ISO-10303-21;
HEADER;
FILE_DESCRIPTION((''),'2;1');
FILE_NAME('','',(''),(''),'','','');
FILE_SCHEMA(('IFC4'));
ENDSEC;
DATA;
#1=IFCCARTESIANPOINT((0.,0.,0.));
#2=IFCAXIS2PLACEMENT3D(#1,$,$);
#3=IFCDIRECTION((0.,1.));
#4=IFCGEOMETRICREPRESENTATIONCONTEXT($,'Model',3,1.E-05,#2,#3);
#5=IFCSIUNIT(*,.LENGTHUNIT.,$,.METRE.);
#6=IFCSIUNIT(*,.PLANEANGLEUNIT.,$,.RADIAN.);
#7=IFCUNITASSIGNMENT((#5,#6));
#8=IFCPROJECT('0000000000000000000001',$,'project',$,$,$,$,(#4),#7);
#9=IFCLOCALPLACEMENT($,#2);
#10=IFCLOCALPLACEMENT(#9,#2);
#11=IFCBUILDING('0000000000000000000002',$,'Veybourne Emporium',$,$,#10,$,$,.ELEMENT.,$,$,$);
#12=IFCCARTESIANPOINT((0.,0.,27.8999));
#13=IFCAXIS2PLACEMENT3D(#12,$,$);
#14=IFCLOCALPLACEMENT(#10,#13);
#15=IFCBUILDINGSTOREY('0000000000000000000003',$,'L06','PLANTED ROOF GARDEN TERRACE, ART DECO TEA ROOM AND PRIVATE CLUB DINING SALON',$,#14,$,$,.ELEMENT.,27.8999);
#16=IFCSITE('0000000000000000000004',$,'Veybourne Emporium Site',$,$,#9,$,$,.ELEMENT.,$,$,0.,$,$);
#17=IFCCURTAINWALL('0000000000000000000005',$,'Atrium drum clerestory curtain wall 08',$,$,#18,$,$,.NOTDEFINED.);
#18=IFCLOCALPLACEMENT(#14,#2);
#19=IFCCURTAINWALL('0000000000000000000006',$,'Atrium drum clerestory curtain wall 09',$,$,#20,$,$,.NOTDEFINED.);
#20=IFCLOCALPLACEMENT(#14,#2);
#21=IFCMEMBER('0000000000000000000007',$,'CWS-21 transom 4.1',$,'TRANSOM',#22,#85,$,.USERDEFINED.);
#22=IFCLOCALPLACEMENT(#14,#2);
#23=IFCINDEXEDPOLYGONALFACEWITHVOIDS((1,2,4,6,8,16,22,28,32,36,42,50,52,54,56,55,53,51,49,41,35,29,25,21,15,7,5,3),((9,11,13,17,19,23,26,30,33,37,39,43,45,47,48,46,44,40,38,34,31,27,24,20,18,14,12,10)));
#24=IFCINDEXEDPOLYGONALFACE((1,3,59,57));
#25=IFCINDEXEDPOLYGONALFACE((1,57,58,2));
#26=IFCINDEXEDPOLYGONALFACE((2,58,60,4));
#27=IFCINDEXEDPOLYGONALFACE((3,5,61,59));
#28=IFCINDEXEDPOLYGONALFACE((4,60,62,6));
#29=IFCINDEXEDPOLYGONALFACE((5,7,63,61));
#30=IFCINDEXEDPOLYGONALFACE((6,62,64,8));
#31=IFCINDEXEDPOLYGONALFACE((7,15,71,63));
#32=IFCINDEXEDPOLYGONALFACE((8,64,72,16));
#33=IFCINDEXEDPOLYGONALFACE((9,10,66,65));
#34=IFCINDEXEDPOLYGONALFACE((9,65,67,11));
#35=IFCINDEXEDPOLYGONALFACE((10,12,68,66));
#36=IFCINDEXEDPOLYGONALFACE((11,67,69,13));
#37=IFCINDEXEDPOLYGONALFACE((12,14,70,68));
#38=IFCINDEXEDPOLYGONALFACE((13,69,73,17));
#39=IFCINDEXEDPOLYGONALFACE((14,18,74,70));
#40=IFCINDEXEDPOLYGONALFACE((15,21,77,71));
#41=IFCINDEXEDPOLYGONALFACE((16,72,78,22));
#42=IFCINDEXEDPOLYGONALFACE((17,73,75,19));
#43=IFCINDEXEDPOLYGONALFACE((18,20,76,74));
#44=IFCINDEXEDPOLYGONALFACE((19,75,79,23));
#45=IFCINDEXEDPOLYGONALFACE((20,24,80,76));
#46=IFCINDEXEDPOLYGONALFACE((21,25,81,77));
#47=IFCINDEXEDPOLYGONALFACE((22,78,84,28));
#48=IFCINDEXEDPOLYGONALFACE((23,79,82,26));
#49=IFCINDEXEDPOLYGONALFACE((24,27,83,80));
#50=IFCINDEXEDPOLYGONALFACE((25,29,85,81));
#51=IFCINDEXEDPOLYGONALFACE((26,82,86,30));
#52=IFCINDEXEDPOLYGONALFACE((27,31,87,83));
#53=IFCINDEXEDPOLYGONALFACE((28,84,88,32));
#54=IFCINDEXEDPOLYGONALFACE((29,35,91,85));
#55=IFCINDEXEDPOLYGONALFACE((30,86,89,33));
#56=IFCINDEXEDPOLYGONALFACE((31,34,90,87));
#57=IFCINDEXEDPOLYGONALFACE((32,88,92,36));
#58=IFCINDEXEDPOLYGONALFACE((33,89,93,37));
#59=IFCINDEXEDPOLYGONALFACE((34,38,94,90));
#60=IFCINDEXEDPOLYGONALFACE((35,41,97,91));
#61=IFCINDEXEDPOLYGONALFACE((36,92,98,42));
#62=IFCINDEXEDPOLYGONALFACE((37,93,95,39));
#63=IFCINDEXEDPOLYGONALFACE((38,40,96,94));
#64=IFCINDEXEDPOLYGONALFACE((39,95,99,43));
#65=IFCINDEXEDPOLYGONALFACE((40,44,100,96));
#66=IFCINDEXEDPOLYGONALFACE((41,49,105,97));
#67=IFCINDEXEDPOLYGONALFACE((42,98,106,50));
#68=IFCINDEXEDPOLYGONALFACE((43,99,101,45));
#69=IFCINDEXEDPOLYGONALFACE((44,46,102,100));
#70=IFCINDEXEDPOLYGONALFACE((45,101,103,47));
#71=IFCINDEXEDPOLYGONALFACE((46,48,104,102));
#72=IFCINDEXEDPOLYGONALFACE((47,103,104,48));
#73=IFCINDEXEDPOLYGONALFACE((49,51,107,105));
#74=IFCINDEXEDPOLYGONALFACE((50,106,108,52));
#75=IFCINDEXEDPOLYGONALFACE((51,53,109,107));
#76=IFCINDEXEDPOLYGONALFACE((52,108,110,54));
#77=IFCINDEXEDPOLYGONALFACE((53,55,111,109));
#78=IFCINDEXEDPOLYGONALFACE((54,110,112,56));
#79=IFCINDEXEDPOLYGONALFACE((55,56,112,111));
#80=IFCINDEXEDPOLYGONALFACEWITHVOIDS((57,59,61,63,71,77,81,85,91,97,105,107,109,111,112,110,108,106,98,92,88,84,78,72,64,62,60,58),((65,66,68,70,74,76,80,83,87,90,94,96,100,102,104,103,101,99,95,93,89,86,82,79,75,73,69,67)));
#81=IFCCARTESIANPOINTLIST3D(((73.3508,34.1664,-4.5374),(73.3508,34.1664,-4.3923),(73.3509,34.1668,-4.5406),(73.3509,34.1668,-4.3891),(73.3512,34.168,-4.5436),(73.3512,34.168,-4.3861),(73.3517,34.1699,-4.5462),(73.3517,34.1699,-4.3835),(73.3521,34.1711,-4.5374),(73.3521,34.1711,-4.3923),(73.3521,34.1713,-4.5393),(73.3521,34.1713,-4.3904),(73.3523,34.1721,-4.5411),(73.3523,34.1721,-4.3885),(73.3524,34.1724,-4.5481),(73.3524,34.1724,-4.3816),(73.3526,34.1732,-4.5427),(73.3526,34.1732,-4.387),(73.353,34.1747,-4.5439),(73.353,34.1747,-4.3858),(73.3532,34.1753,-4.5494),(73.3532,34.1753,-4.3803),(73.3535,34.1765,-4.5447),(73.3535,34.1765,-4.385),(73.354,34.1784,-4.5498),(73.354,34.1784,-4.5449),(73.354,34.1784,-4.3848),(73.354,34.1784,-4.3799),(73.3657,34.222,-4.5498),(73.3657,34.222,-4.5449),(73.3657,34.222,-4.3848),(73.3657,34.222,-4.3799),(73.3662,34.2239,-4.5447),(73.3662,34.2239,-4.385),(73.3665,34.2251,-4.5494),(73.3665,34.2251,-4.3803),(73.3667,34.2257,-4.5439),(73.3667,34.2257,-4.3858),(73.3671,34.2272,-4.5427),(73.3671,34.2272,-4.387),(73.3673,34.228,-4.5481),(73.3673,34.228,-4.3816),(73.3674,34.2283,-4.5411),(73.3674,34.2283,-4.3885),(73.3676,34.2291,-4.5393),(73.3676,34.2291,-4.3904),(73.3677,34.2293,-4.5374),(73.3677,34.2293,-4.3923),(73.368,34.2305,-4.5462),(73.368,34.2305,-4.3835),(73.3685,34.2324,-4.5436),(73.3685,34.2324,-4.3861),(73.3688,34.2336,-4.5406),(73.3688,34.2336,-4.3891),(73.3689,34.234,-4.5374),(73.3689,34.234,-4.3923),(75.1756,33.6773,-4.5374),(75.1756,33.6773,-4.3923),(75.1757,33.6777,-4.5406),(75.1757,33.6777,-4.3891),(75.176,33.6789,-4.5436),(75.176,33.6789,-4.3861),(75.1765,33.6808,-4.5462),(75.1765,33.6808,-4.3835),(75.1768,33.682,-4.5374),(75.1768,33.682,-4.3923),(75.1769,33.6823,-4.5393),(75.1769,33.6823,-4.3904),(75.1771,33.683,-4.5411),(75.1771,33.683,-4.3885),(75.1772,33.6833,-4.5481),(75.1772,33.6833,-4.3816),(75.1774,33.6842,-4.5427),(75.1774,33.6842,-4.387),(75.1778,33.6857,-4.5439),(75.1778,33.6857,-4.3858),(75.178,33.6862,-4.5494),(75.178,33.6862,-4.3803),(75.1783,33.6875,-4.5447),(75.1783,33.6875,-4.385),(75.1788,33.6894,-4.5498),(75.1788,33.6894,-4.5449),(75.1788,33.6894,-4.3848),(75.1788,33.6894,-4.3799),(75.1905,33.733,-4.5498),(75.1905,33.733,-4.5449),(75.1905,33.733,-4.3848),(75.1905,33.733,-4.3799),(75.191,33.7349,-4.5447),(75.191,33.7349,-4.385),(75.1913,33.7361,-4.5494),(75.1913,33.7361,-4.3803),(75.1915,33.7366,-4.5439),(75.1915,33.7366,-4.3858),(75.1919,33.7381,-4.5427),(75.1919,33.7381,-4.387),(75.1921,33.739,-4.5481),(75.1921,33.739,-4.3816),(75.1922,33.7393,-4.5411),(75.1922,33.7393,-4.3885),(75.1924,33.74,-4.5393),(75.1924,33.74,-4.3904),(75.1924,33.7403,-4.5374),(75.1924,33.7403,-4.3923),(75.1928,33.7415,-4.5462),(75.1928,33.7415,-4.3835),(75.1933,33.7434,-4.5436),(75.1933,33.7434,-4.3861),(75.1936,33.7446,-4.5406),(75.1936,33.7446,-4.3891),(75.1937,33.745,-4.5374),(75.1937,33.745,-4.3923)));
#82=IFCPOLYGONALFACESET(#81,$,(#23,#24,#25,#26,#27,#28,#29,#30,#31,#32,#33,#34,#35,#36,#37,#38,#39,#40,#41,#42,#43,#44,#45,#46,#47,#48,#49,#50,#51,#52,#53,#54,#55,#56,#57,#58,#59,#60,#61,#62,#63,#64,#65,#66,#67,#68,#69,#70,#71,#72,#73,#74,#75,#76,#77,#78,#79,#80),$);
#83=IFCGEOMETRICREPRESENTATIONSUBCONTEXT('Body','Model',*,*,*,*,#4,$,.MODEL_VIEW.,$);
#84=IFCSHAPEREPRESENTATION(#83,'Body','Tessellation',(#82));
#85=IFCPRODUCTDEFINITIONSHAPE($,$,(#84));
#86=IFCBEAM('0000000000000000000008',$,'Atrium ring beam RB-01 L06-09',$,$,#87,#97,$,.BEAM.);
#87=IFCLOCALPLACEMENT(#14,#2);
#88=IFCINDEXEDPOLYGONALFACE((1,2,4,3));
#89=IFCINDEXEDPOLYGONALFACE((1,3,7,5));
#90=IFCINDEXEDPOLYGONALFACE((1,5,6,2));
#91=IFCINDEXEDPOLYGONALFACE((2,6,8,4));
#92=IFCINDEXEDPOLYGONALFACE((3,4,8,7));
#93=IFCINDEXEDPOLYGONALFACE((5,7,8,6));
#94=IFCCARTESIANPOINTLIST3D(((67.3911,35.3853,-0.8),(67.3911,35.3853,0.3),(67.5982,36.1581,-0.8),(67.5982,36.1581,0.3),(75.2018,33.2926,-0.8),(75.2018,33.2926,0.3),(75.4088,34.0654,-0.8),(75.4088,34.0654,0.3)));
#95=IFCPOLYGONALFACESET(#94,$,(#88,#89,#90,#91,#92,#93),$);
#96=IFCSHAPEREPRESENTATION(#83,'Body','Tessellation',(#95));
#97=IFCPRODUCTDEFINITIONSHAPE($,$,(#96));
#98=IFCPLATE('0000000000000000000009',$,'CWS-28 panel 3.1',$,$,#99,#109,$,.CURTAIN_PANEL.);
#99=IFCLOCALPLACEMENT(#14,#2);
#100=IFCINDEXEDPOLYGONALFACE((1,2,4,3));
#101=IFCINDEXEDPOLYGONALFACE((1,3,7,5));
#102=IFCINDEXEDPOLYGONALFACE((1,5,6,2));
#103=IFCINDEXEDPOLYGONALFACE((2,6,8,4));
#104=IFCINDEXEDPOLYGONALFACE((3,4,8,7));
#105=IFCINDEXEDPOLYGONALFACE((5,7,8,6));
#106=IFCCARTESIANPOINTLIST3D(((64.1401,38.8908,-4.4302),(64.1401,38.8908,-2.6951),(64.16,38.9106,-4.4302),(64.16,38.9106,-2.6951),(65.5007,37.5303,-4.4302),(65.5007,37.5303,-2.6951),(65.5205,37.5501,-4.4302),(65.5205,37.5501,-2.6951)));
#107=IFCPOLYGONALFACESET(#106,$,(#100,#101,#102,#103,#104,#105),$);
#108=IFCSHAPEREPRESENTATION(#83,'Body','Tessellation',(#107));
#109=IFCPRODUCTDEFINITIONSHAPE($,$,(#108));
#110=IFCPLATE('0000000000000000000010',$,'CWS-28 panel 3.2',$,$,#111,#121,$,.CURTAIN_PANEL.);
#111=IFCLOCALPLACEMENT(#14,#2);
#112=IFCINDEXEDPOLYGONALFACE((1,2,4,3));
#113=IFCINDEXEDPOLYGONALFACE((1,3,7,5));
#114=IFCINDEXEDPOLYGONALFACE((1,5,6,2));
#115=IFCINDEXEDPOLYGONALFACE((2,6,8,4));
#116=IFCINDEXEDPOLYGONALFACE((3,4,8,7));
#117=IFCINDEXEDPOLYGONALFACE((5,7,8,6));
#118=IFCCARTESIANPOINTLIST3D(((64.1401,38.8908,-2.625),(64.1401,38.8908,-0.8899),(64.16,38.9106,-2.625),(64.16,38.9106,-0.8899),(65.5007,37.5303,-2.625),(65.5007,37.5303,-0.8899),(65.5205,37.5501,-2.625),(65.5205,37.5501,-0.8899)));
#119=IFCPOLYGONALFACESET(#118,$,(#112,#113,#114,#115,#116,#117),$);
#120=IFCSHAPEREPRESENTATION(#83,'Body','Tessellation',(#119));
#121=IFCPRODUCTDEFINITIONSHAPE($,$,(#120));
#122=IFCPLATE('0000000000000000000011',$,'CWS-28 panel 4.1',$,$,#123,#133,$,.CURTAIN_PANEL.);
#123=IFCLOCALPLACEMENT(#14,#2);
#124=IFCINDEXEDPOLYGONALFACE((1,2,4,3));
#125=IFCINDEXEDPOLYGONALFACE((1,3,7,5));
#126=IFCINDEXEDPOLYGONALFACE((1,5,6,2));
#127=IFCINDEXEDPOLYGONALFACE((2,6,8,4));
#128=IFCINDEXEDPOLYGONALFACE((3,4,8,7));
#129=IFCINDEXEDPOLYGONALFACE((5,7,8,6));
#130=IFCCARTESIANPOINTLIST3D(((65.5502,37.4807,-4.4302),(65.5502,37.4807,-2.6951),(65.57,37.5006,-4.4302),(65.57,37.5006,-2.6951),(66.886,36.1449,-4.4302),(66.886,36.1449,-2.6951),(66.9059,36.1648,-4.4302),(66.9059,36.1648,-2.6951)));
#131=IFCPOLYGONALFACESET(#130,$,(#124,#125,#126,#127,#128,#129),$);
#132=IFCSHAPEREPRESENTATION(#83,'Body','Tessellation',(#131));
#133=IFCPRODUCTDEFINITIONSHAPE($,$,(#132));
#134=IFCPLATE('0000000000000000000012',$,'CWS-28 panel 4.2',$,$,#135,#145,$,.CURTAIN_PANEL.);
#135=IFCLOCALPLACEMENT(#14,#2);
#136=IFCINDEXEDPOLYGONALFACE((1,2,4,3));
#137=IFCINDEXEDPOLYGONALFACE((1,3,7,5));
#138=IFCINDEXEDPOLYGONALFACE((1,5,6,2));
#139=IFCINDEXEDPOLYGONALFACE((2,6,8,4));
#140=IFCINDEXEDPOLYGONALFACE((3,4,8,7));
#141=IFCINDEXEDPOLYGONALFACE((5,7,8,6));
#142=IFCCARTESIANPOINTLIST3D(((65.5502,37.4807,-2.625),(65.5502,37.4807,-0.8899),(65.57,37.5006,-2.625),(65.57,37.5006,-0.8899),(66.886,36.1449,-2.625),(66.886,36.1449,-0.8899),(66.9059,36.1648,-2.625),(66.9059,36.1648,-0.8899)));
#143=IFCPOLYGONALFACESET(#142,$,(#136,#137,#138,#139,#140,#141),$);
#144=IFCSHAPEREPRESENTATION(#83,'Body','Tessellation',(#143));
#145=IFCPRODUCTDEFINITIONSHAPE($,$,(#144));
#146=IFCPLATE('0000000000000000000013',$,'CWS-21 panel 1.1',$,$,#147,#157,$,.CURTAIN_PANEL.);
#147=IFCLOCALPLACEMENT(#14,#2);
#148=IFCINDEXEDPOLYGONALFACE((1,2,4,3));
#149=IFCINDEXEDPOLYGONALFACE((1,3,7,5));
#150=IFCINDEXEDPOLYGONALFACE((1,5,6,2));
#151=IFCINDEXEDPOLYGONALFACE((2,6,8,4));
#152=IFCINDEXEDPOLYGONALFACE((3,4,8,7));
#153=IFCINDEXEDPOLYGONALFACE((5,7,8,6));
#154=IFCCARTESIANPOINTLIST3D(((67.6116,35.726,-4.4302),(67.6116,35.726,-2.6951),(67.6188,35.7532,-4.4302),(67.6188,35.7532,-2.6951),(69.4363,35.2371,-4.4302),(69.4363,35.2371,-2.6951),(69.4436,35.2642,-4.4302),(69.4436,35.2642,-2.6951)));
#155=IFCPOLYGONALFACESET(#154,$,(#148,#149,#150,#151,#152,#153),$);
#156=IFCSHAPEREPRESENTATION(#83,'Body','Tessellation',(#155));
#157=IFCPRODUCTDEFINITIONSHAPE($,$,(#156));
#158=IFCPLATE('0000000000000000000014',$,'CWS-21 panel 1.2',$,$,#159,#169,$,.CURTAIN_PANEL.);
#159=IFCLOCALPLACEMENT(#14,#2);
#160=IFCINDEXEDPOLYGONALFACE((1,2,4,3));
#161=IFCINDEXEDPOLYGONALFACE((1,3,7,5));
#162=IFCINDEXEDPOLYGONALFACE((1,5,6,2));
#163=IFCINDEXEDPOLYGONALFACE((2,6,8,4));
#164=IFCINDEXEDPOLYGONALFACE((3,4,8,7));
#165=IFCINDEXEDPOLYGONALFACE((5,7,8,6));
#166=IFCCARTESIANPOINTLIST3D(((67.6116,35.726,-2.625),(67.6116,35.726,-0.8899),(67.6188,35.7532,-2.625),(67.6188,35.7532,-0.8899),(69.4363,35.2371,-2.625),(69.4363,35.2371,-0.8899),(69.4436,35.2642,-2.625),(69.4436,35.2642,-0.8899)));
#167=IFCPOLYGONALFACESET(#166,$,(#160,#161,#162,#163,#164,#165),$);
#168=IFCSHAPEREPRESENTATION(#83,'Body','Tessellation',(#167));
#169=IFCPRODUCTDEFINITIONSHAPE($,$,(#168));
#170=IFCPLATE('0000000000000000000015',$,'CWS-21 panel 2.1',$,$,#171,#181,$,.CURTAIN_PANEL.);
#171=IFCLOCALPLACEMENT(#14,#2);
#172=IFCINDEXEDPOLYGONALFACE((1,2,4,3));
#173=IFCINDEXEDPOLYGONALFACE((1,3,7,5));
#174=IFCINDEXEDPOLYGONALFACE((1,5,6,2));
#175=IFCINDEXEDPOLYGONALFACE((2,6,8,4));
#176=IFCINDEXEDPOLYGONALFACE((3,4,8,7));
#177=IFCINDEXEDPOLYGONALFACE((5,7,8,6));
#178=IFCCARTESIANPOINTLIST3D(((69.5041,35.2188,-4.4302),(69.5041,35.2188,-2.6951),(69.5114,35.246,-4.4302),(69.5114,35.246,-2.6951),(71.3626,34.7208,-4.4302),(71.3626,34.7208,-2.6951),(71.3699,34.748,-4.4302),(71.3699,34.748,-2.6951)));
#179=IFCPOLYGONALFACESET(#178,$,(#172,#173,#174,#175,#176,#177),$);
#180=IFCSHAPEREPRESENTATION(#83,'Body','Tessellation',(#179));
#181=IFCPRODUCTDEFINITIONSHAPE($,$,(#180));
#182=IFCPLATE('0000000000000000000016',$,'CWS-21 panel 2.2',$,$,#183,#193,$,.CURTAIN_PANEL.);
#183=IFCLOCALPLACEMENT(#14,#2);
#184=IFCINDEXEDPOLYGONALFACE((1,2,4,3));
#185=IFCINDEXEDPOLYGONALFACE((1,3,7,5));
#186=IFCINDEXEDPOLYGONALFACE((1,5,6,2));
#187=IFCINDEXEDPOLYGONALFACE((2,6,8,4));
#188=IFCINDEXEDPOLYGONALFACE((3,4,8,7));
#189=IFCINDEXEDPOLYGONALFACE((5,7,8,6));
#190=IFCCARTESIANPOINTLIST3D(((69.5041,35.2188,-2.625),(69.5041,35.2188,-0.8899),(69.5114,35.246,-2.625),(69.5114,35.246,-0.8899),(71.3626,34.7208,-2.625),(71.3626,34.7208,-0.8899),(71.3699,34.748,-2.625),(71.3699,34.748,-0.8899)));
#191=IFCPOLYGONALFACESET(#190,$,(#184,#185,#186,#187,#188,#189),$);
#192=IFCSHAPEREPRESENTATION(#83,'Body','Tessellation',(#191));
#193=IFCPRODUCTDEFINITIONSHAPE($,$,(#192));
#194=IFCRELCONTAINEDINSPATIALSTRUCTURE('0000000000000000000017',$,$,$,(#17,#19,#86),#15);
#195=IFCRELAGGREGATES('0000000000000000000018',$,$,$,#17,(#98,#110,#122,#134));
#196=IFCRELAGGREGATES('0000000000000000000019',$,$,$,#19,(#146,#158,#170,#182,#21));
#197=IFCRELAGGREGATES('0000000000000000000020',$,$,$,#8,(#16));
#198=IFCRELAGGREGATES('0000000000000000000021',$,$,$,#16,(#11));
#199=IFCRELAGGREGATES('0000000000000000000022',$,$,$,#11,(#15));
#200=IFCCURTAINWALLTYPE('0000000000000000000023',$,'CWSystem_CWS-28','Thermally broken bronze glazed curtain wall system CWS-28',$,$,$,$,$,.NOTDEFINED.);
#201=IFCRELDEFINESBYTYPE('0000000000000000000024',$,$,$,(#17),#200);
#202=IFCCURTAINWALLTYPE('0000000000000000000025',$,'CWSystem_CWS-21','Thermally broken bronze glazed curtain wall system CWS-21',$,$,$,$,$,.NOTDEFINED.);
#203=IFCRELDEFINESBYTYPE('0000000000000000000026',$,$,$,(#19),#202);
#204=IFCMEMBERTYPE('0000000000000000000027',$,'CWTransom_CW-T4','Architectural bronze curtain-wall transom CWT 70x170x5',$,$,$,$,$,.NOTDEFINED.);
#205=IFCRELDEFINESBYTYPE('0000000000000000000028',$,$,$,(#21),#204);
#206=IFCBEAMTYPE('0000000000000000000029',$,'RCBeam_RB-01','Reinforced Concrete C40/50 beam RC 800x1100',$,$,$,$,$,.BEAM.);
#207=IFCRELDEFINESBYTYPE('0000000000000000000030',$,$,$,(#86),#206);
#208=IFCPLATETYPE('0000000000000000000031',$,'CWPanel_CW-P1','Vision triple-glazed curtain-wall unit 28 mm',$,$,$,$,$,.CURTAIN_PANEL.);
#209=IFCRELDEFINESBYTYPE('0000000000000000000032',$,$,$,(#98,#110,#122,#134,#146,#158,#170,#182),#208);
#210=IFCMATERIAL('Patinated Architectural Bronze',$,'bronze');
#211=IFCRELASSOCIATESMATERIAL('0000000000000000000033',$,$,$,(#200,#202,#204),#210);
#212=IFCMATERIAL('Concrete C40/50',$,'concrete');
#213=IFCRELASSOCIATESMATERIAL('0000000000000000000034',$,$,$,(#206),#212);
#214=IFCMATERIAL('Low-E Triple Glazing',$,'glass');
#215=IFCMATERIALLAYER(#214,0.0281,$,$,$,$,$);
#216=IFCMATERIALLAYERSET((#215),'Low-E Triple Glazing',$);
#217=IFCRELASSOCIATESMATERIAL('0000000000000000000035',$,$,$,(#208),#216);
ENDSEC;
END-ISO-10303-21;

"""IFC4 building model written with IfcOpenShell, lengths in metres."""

from ifc_helpers import new_model, si_unit, direction, frame, origin, origin_2d, place, context, subcontext, project, spatial, rectangle, hollow_rectangle, extrude, material, layer, layer_set, material_profile, profile_set, type_object, element, aggregate, save


model = new_model("IFC4")

# Units and contexts
model_context = context("Model", 3, precision=1e-05, world=origin(), true_north=direction((0.0, 1.0)))
body_context = subcontext(model_context, "Body", "Model", "MODEL_VIEW")
ifc_project = project(units=[si_unit("LENGTHUNIT", "METRE"), si_unit("PLANEANGLEUNIT", "RADIAN")], contexts=[model_context])

# Site, building, storey
site_placement = place(None, origin())
site = spatial("IfcSite", under=ifc_project, at=site_placement, Name="Veybourne Emporium Site", CompositionType="ELEMENT", RefElevation=0.0)
building_placement = place(site_placement, origin())
building = spatial("IfcBuilding", under=site, at=building_placement, Name="Veybourne Emporium", CompositionType="ELEMENT")
storey_placement = place(building_placement, frame((0.0, 0.0, 27.8999)))
storey = spatial("IfcBuildingStorey", under=building, at=storey_placement, Name="L06", Description="PLANTED ROOF GARDEN TERRACE, ART DECO TEA ROOM AND PRIVATE CLUB DINING SALON", CompositionType="ELEMENT", Elevation=27.8999)

# Shared definitions
ifc_material_1 = material(Name="Concrete C40/50", Category="concrete")

# Curtain walls
ifc_material_2 = material(Name="Patinated Architectural Bronze", Category="bronze")
curtain_wall_type_1 = type_object("IfcCurtainWallType", Name="CWSystem_CWS-28", Description="Thermally broken bronze glazed curtain wall system CWS-28", PredefinedType="NOTDEFINED", material=ifc_material_2)
curtain_wall_1_placement = place(storey_placement, origin())
curtain_wall_1 = element("IfcCurtainWall", 1, at=curtain_wall_1_placement, inside=storey, type_object=curtain_wall_type_1, Name="Atrium drum clerestory curtain wall 08", PredefinedType="NOTDEFINED")
curtain_wall_type_2 = type_object("IfcCurtainWallType", Name="CWSystem_CWS-21", Description="Thermally broken bronze glazed curtain wall system CWS-21", PredefinedType="NOTDEFINED", material=ifc_material_2)
curtain_wall_2_placement = place(storey_placement, origin())
curtain_wall_2 = element("IfcCurtainWall", 2, at=curtain_wall_2_placement, inside=storey, type_object=curtain_wall_type_2, Name="Atrium drum clerestory curtain wall 09", PredefinedType="NOTDEFINED")

# Member
ifc_material_profile_1 = material_profile(ifc_material_2, hollow_rectangle(XDim=0.0701, YDim=0.1699, WallThickness=0.0049, InnerFilletRadius=0.0076, OuterFilletRadius=0.0125, at=origin_2d()), Name="CWT 70x170x5")
ifc_profile_set_1 = profile_set([ifc_material_profile_1], Name="Patinated Architectural Bronze")
member_type_1 = type_object("IfcMemberType", Name="CWTransom_CW-T4", Description="Architectural bronze curtain-wall transom CWT 70x170x5", PredefinedType="NOTDEFINED", material=ifc_profile_set_1)
member_1_placement = place(storey_placement, frame((73.3599, 34.2002, -4.4648), z_axis=(0.965915, -0.258861, 0.0), x_axis=(0.258861, 0.965915, 0.0)))
member_1 = element("IfcMember", 3, at=member_1_placement, type_object=member_type_1, Name="CWS-21 transom 4.1", ObjectType="TRANSOM", PredefinedType="USERDEFINED", context=body_context, shape_type="SweptSolid", body=[
    extrude(hollow_rectangle(XDim=0.0701, YDim=0.1699, WallThickness=0.0049, InnerFilletRadius=0.0076, OuterFilletRadius=0.0125, at=origin_2d()), origin(), (0.0, 0.0, 1.0), 1.8892),
])

# Beam
ifc_material_profile_2 = material_profile(ifc_material_1, rectangle(XDim=0.8, YDim=1.1001, at=origin_2d()), Name="RC 800x1100")
ifc_profile_set_2 = profile_set([ifc_material_profile_2], Name="Concrete C40/50")
beam_type = type_object("IfcBeamType", Name="RCBeam_RB-01", Description="Reinforced Concrete C40/50 beam RC 800x1100", PredefinedType="BEAM", material=ifc_profile_set_2)
beam_placement = place(storey_placement, frame((67.4946, 35.7717, -0.25), z_axis=(0.96593, -0.258805, 0.0), x_axis=(0.258805, 0.96593, 0.0)))
element("IfcBeam", 4, at=beam_placement, inside=storey, type_object=beam_type, Name="Atrium ring beam RB-01 L06-09", PredefinedType="BEAM", context=body_context, shape_type="SweptSolid", body=[
    extrude(rectangle(XDim=0.8, YDim=1.1001, at=origin_2d()), origin(), (0.0, 0.0, 1.0), 8.0862),
])

# Plates
ifc_material_3 = material(Name="Low-E Triple Glazing", Category="glass")
ifc_layer_1 = layer(ifc_material_3, 0.0281)
ifc_layer_set_1 = layer_set([ifc_layer_1], Name="Low-E Triple Glazing")
plate_type = type_object("IfcPlateType", Name="CWPanel_CW-P1", Description="Vision triple-glazed curtain-wall unit 28 mm", PredefinedType="CURTAIN_PANEL", material=ifc_layer_set_1)
plate_1_placement = place(storey_placement, frame((64.8303, 38.2205, -4.4302), z_axis=(0.0, 0.0, 1.0), x_axis=(0.707107, -0.707107, 0.0)))
plate_1 = element("IfcPlate", 5, at=plate_1_placement, type_object=plate_type, Name="CWS-28 panel 3.1", PredefinedType="CURTAIN_PANEL", context=body_context, shape_type="SweptSolid", body=[
    extrude(rectangle(XDim=1.9241, YDim=0.0281, at=origin_2d()), origin(), (0.0, 0.0, 1.0), 1.7351),
])
plate_2_placement = place(storey_placement, frame((64.8303, 38.2205, -2.625), z_axis=(0.0, 0.0, 1.0), x_axis=(0.707107, -0.707107, 0.0)))
plate_2 = element("IfcPlate", 6, at=plate_2_placement, type_object=plate_type, Name="CWS-28 panel 3.2", PredefinedType="CURTAIN_PANEL", context=body_context, shape_type="SweptSolid", body=[
    extrude(rectangle(XDim=1.9241, YDim=0.0281, at=origin_2d()), origin(), (0.0, 0.0, 1.0), 1.7351),
])
plate_3_placement = place(storey_placement, frame((66.228, 36.8228, -4.4302), z_axis=(0.0, 0.0, 1.0), x_axis=(0.707107, -0.707107, 0.0)))
plate_3 = element("IfcPlate", 7, at=plate_3_placement, type_object=plate_type, Name="CWS-28 panel 4.1", PredefinedType="CURTAIN_PANEL", context=body_context, shape_type="SweptSolid", body=[
    extrude(rectangle(XDim=1.8892, YDim=0.0281, at=origin_2d()), origin(), (0.0, 0.0, 1.0), 1.7351),
])
plate_4_placement = place(storey_placement, frame((66.228, 36.8228, -2.625), z_axis=(0.0, 0.0, 1.0), x_axis=(0.707107, -0.707107, 0.0)))
plate_4 = element("IfcPlate", 8, at=plate_4_placement, type_object=plate_type, Name="CWS-28 panel 4.2", PredefinedType="CURTAIN_PANEL", context=body_context, shape_type="SweptSolid", body=[
    extrude(rectangle(XDim=1.8892, YDim=0.0281, at=origin_2d()), origin(), (0.0, 0.0, 1.0), 1.7351),
])
aggregate(curtain_wall_1, [plate_1, plate_2, plate_3, plate_4])
plate_5_placement = place(storey_placement, frame((68.5276, 35.4951, -4.4302), z_axis=(0.0, 0.0, 1.0), x_axis=(0.965926, -0.25882, 0.0)))
plate_5 = element("IfcPlate", 9, at=plate_5_placement, type_object=plate_type, Name="CWS-21 panel 1.1", PredefinedType="CURTAIN_PANEL", context=body_context, shape_type="SweptSolid", body=[
    extrude(rectangle(XDim=1.8892, YDim=0.0281, at=origin_2d()), origin(), (0.0, 0.0, 1.0), 1.7351),
])
plate_6_placement = place(storey_placement, frame((68.5276, 35.4951, -2.625), z_axis=(0.0, 0.0, 1.0), x_axis=(0.965926, -0.25882, 0.0)))
plate_6 = element("IfcPlate", 10, at=plate_6_placement, type_object=plate_type, Name="CWS-21 panel 1.2", PredefinedType="CURTAIN_PANEL", context=body_context, shape_type="SweptSolid", body=[
    extrude(rectangle(XDim=1.8892, YDim=0.0281, at=origin_2d()), origin(), (0.0, 0.0, 1.0), 1.7351),
])
plate_7_placement = place(storey_placement, frame((70.437, 34.9834, -4.4302), z_axis=(0.0, 0.0, 1.0), x_axis=(0.965926, -0.25882, 0.0)))
plate_7 = element("IfcPlate", 11, at=plate_7_placement, type_object=plate_type, Name="CWS-21 panel 2.1", PredefinedType="CURTAIN_PANEL", context=body_context, shape_type="SweptSolid", body=[
    extrude(rectangle(XDim=1.9241, YDim=0.0281, at=origin_2d()), origin(), (0.0, 0.0, 1.0), 1.7351),
])
plate_8_placement = place(storey_placement, frame((70.437, 34.9834, -2.625), z_axis=(0.0, 0.0, 1.0), x_axis=(0.965926, -0.25882, 0.0)))
plate_8 = element("IfcPlate", 12, at=plate_8_placement, type_object=plate_type, Name="CWS-21 panel 2.2", PredefinedType="CURTAIN_PANEL", context=body_context, shape_type="SweptSolid", body=[
    extrude(rectangle(XDim=1.9241, YDim=0.0281, at=origin_2d()), origin(), (0.0, 0.0, 1.0), 1.7351),
])
aggregate(curtain_wall_2, [plate_5, plate_6, plate_7, plate_8, member_1])

save(model, "model.ifc")
